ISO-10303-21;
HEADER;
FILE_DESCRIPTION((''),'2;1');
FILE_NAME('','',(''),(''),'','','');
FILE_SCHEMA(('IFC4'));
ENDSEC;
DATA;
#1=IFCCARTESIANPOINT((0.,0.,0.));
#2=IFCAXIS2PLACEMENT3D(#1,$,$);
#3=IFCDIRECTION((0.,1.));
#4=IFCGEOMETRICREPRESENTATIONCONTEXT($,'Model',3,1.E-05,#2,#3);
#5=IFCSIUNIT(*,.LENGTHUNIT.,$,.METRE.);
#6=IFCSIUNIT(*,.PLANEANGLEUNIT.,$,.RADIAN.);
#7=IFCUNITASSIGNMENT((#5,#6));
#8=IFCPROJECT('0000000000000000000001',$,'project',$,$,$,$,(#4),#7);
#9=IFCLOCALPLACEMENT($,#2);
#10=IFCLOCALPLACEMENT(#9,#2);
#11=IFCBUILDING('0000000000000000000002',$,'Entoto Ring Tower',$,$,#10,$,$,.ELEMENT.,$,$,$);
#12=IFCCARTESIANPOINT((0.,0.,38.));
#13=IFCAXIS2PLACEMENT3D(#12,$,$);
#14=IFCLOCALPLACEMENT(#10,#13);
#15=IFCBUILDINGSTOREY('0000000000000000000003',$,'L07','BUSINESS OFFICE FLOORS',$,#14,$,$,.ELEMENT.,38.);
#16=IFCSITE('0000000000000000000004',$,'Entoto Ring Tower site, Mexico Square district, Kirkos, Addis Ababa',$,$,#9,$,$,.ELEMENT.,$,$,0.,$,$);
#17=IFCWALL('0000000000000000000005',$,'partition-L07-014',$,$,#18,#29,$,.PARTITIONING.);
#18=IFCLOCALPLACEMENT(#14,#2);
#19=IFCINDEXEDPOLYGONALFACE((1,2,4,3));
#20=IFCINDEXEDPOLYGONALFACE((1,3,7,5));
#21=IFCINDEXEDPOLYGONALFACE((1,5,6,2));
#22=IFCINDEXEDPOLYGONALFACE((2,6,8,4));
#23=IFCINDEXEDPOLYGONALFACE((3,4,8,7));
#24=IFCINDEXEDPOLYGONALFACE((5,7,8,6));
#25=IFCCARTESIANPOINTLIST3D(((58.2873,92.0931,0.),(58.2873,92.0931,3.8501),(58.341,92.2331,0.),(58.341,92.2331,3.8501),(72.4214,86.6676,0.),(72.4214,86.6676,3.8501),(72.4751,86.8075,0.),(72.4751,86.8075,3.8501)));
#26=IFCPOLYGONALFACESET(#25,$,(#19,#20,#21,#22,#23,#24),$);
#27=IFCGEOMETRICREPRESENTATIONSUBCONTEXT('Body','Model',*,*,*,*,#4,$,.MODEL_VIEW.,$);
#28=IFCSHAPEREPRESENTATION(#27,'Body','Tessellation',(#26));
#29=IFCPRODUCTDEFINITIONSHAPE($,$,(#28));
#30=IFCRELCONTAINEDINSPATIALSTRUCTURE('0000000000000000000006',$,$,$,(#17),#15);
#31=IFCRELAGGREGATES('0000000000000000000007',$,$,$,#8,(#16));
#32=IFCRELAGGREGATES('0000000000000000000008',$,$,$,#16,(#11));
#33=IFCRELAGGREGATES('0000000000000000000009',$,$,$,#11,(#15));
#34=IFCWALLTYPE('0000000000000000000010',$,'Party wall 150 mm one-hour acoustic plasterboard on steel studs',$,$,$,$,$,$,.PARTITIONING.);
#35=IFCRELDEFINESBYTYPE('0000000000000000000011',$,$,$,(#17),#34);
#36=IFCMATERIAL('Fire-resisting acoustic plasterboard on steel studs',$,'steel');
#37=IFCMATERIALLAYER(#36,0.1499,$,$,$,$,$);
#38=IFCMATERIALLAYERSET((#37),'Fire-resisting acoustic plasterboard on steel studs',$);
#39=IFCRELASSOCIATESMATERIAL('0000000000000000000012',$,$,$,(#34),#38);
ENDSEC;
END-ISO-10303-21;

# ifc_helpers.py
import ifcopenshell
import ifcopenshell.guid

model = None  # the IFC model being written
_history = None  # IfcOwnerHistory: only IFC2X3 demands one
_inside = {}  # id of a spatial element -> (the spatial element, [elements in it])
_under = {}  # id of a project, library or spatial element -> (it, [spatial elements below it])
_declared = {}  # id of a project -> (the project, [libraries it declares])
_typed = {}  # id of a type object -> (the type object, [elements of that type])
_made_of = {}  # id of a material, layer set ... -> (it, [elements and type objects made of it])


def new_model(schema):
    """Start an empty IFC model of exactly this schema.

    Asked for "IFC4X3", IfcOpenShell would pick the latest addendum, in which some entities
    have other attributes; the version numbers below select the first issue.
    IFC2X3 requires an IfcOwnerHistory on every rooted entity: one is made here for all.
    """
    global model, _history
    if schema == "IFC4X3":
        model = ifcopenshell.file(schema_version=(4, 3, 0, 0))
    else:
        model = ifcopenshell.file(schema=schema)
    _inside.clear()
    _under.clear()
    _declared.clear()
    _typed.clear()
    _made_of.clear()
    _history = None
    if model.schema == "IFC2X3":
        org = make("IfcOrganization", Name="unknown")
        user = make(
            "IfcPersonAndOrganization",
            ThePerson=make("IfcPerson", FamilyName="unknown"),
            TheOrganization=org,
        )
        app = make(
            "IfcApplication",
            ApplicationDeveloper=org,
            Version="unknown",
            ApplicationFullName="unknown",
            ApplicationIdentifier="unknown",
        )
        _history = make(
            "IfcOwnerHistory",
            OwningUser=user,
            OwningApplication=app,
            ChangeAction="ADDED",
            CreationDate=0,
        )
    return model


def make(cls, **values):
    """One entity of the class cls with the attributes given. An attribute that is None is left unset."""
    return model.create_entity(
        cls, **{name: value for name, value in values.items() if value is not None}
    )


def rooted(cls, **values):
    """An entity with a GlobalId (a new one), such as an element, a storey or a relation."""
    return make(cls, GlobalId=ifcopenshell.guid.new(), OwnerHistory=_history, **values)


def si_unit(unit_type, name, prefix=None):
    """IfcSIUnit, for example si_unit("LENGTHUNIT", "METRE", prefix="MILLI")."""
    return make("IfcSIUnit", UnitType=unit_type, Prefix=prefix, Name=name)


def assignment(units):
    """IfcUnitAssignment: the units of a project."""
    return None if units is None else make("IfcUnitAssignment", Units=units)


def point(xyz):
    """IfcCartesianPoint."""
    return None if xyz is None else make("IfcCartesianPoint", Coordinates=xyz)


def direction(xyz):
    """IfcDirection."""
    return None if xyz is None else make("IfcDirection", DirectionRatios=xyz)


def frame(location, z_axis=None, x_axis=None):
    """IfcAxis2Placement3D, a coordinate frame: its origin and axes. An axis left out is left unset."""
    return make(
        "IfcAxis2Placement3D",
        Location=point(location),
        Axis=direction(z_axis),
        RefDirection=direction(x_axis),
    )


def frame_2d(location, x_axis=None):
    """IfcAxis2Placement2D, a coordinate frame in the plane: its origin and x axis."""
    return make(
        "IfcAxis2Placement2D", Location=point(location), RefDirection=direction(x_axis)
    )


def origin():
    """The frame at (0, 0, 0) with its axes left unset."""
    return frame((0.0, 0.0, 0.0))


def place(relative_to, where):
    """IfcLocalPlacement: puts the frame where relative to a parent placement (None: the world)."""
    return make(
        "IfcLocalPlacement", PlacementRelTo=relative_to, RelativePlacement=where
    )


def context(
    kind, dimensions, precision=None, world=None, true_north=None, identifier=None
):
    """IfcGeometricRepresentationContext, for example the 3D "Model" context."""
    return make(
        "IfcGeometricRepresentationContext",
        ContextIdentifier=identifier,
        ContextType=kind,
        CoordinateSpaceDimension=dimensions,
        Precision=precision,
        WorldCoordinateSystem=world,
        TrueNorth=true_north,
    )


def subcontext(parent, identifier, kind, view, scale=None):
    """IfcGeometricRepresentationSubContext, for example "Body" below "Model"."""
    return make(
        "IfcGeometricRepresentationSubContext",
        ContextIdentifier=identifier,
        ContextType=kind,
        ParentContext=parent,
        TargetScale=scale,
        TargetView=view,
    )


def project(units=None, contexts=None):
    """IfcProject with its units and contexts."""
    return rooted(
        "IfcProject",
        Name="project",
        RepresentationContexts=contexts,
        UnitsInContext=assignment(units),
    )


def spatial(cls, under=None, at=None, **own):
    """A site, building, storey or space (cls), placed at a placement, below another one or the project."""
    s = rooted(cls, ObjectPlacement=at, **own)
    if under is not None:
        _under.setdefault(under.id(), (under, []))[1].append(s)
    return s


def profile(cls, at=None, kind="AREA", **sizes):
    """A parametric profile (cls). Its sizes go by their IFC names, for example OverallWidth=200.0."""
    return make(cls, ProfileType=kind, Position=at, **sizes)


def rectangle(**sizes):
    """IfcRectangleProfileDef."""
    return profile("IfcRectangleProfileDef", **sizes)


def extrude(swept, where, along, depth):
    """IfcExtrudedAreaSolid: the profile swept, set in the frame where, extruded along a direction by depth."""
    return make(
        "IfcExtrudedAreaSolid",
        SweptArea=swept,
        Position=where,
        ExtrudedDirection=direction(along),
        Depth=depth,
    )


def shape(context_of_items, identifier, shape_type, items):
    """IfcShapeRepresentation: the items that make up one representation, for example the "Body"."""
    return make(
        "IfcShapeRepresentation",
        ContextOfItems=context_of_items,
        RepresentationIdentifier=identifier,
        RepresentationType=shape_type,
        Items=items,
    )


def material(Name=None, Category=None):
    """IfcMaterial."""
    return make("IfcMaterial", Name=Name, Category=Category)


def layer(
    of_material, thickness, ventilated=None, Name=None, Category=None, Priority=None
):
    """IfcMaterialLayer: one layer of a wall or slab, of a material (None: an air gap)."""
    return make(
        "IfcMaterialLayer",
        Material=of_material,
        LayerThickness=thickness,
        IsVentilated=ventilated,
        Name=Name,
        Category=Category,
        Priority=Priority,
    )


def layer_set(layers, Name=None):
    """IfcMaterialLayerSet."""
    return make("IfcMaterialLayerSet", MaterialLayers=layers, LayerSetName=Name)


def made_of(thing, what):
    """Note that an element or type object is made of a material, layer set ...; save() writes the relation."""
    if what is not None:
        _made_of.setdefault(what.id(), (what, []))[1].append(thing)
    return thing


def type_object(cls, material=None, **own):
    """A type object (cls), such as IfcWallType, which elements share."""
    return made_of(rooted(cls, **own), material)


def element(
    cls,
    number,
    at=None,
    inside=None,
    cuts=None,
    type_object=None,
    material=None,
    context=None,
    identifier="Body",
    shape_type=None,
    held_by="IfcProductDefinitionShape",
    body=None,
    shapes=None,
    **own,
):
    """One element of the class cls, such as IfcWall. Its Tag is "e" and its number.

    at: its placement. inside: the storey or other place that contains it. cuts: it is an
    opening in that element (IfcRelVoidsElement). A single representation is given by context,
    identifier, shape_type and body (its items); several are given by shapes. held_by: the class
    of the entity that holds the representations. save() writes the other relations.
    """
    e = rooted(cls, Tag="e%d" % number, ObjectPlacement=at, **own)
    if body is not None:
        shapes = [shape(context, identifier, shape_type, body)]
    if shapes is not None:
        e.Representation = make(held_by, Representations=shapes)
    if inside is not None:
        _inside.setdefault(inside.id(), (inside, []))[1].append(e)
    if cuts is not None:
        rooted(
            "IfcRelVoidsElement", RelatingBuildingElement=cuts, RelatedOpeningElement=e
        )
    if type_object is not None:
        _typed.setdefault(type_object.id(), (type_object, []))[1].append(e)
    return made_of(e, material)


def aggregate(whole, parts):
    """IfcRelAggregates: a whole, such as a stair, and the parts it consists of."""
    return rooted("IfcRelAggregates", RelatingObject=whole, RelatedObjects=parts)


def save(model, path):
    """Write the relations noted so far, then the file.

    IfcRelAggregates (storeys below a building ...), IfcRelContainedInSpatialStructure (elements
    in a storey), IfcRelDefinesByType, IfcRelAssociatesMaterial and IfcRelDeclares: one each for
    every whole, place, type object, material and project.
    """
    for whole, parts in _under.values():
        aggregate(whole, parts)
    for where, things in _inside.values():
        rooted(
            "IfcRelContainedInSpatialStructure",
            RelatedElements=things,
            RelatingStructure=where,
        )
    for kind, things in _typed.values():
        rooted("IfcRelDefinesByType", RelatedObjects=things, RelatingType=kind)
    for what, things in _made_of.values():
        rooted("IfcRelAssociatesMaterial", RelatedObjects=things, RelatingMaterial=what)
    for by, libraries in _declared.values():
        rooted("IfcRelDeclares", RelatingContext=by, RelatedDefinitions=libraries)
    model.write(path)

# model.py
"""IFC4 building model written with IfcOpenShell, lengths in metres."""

from ifc_helpers import new_model, si_unit, direction, frame, frame_2d, origin, place, context, subcontext, project, spatial, rectangle, extrude, material, layer, layer_set, type_object, element, save


model = new_model("IFC4")

# Units and contexts
model_context = context("Model", 3, precision=1e-05, world=origin(), true_north=direction((0.0, 1.0)))
body_context = subcontext(model_context, "Body", "Model", "MODEL_VIEW")
ifc_project = project(units=[si_unit("LENGTHUNIT", "METRE"), si_unit("PLANEANGLEUNIT", "RADIAN")], contexts=[model_context])

# Site, building, storey
site_placement = place(None, origin())
site = spatial("IfcSite", under=ifc_project, at=site_placement, Name="Entoto Ring Tower site, Mexico Square district, Kirkos, Addis Ababa", CompositionType="ELEMENT", RefElevation=0.0)
building_placement = place(site_placement, origin())
building = spatial("IfcBuilding", under=site, at=building_placement, Name="Entoto Ring Tower", CompositionType="ELEMENT")
storey_placement = place(building_placement, frame((0.0, 0.0, 38.0)))
storey = spatial("IfcBuildingStorey", under=building, at=storey_placement, Name="L07", Description="BUSINESS OFFICE FLOORS", CompositionType="ELEMENT", Elevation=38.0)

# Wall
ifc_material_1 = material(Name="Fire-resisting acoustic plasterboard on steel studs", Category="steel")
ifc_layer_1 = layer(ifc_material_1, 0.1499)
ifc_layer_set_1 = layer_set([ifc_layer_1], Name="Fire-resisting acoustic plasterboard on steel studs")
wall_type_1 = type_object("IfcWallType", Name="Party wall 150 mm one-hour acoustic plasterboard on steel studs", PredefinedType="PARTITIONING", material=ifc_layer_set_1)
wall_1_placement = place(storey_placement, frame((72.4482, 86.7375, 0.0), z_axis=(0.0, 0.0, 1.0), x_axis=(-0.933581, 0.358367, 0.0)))
element("IfcWall", 1, at=wall_1_placement, inside=storey, type_object=wall_type_1, Name="partition-L07-014", PredefinedType="PARTITIONING", context=body_context, shape_type="SweptSolid", body=[
    extrude(rectangle(XDim=15.1396, YDim=0.1499, at=frame_2d((7.5698, 0.0))), origin(), (0.0, 0.0, 1.0), 3.8501),
])

save(model, "model.ifc")
